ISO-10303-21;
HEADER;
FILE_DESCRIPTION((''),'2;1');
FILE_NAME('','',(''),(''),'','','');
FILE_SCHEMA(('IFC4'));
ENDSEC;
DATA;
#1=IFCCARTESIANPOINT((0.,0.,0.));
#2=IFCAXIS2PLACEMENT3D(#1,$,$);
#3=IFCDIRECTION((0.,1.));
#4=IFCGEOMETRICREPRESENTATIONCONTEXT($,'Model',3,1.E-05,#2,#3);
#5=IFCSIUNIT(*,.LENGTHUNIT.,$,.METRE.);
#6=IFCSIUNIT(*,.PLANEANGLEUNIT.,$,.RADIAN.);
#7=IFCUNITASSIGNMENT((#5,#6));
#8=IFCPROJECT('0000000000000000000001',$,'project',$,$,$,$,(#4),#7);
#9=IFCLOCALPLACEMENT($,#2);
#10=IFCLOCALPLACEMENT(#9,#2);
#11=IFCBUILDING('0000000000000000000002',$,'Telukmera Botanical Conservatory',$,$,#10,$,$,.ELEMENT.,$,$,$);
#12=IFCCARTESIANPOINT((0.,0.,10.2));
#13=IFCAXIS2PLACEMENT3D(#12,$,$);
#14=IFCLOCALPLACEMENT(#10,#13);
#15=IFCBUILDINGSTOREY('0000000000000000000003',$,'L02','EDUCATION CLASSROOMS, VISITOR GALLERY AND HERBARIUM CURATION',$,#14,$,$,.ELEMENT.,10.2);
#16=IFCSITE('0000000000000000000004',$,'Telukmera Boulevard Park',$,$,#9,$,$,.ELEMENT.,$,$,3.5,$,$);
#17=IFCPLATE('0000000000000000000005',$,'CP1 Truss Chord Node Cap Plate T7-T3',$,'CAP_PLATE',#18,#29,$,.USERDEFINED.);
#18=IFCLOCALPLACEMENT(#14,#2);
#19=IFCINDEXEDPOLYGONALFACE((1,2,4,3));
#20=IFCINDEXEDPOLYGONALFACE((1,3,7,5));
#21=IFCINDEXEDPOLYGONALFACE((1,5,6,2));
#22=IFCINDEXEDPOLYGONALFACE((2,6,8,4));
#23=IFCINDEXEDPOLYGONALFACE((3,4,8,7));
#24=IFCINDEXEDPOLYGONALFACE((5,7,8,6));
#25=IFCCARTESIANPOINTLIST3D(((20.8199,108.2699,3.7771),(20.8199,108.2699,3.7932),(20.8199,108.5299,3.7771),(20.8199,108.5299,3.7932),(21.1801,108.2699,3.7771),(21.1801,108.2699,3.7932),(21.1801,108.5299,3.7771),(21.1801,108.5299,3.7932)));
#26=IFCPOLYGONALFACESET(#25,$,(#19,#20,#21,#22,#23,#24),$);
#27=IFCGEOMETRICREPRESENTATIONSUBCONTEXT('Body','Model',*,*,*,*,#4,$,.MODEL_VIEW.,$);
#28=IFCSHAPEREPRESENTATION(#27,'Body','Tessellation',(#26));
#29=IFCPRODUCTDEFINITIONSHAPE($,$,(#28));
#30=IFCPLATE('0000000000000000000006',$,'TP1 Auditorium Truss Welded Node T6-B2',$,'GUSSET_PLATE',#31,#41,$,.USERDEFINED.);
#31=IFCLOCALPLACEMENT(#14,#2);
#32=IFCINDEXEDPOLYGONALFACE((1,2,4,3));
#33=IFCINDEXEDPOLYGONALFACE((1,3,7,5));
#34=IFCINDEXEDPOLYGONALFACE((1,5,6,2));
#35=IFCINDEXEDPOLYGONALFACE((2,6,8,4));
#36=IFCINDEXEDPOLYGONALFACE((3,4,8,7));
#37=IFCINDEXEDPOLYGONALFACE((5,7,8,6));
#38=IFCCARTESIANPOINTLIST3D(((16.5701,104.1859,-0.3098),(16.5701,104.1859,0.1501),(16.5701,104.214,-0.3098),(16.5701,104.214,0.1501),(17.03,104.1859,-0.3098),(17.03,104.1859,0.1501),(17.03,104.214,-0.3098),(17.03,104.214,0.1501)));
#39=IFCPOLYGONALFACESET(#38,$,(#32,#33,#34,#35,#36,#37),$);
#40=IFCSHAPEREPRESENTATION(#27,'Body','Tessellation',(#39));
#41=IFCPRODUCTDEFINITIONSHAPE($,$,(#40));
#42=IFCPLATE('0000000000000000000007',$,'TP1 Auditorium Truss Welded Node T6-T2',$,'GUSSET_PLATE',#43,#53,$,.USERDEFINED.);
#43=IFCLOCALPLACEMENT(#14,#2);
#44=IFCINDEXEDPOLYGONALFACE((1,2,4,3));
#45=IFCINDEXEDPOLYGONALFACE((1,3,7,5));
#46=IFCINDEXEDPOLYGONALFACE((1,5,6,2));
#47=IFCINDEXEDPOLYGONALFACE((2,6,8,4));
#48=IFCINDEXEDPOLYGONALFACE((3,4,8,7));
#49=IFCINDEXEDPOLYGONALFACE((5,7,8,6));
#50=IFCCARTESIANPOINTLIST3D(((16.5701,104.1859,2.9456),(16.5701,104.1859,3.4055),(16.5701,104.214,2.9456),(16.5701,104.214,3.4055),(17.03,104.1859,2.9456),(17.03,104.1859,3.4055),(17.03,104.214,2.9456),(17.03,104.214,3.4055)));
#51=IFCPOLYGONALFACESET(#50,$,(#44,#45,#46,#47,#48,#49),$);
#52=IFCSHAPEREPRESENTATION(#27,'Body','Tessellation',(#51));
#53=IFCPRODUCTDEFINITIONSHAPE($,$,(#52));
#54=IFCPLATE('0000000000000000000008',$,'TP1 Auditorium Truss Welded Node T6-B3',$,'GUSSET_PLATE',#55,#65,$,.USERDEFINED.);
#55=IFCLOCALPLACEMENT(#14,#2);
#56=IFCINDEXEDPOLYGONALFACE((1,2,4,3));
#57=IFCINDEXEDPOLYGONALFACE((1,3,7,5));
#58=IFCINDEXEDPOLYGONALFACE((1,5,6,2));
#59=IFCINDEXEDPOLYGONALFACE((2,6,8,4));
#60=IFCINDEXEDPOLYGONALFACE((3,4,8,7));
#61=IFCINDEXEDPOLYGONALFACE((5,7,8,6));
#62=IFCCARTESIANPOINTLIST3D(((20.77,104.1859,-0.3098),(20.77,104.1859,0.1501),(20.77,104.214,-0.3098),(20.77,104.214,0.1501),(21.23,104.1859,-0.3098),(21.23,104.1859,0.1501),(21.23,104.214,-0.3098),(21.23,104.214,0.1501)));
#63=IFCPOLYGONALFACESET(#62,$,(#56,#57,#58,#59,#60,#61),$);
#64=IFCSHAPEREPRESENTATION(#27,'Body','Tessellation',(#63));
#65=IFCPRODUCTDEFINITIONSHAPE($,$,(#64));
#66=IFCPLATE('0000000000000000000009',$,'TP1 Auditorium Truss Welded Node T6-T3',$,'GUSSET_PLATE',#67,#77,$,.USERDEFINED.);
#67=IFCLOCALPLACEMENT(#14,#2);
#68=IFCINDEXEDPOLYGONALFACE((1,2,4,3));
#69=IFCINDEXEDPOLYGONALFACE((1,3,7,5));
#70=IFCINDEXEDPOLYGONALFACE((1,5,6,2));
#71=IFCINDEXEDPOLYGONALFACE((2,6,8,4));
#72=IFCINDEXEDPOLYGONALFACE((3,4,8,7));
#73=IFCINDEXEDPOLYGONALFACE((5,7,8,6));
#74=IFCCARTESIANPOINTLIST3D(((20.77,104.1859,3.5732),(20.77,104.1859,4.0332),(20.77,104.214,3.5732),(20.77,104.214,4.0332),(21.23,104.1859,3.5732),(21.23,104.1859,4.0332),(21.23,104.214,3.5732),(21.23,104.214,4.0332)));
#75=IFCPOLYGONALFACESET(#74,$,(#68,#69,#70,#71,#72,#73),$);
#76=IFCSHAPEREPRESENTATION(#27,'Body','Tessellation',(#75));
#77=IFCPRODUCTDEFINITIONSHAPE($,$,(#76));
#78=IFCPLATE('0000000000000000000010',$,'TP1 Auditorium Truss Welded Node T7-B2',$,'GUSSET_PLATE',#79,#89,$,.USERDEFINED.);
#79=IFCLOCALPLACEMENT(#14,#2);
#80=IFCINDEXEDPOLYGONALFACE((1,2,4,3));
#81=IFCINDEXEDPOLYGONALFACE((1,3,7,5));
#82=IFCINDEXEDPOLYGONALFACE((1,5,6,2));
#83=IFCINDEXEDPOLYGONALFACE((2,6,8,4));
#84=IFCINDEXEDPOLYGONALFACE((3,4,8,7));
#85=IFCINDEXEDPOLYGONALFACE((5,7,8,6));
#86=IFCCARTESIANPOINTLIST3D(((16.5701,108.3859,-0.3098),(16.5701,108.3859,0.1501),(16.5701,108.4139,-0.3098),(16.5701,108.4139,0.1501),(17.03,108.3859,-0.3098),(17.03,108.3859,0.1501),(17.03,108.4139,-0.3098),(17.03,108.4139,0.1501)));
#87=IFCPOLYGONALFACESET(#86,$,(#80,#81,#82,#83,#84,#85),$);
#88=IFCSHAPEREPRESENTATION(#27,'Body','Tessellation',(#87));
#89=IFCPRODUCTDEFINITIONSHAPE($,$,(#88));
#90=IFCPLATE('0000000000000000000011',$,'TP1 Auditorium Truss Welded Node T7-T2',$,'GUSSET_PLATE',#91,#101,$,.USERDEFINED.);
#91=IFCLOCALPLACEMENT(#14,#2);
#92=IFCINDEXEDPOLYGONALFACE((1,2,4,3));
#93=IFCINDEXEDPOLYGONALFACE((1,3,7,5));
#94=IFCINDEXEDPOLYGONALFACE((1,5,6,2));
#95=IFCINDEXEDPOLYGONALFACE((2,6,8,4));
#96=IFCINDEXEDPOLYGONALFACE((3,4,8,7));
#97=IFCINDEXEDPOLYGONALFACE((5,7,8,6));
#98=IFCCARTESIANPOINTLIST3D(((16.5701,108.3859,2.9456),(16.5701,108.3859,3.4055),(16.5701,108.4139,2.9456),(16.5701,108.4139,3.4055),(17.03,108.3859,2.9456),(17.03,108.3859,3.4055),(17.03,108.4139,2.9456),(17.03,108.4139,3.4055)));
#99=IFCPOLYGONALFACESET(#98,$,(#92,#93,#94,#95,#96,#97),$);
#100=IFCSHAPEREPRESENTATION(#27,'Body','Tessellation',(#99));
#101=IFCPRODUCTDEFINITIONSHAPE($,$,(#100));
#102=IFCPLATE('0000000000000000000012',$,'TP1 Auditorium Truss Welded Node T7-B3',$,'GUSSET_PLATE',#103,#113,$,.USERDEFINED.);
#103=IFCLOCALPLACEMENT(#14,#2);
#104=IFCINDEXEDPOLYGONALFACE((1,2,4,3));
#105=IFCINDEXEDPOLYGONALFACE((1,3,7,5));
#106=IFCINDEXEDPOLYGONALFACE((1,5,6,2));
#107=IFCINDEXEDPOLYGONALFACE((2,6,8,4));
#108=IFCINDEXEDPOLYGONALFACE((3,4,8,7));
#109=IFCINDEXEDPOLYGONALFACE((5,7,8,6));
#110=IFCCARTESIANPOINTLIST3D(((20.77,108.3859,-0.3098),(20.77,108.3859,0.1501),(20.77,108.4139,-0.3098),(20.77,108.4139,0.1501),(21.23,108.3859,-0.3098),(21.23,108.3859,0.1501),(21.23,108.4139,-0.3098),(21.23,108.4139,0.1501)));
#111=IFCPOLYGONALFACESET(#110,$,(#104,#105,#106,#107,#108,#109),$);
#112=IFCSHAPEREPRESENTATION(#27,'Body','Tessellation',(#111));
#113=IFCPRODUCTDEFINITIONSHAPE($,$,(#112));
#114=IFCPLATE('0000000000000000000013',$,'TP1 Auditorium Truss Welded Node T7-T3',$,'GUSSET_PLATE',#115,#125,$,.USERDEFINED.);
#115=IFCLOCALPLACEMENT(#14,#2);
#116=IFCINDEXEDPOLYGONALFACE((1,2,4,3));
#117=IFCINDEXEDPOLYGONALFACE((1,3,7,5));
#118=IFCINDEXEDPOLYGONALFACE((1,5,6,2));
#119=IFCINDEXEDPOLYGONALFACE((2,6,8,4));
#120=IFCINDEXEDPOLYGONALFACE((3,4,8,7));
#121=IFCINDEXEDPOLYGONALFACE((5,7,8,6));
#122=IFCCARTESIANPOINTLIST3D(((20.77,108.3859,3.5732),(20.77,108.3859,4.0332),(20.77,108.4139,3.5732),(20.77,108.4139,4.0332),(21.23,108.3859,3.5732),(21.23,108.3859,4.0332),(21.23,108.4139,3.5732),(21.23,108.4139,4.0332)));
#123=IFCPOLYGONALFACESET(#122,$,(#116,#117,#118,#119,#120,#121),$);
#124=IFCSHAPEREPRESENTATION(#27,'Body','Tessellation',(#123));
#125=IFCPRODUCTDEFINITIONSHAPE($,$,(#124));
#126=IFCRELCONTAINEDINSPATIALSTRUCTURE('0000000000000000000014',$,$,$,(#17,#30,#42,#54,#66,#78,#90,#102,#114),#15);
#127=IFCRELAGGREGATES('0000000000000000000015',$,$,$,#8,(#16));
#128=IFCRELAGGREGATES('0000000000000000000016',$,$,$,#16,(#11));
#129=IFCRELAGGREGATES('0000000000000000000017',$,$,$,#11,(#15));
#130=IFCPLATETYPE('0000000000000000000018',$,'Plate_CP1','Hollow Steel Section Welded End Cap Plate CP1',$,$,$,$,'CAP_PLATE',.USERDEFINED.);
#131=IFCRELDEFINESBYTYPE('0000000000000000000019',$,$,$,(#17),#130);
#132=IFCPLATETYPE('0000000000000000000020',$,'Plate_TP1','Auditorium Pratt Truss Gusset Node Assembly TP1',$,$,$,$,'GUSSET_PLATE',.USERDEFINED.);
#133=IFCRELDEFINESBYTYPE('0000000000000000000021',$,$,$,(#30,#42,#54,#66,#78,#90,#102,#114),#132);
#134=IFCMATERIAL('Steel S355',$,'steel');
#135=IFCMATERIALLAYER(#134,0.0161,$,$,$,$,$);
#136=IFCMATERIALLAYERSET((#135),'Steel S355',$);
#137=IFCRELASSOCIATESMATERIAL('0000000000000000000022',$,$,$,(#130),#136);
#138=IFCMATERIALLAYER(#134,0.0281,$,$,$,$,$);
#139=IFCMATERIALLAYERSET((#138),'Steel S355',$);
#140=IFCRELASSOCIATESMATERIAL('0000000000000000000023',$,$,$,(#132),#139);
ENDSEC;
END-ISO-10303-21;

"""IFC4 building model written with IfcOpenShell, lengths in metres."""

from ifc_helpers import new_model, si_unit, direction, frame, origin, origin_2d, place, context, subcontext, project, spatial, rectangle, extrude, material, layer, layer_set, type_object, element, save


model = new_model("IFC4")

# Units and contexts
model_context = context("Model", 3, precision=1e-05, world=origin(), true_north=direction((0.0, 1.0)))
body_context = subcontext(model_context, "Body", "Model", "MODEL_VIEW")
ifc_project = project(units=[si_unit("LENGTHUNIT", "METRE"), si_unit("PLANEANGLEUNIT", "RADIAN")], contexts=[model_context])

# Site, building, storey
site_placement = place(None, origin())
site = spatial("IfcSite", under=ifc_project, at=site_placement, Name="Telukmera Boulevard Park", CompositionType="ELEMENT", RefElevation=3.5)
building_placement = place(site_placement, origin())
building = spatial("IfcBuilding", under=site, at=building_placement, Name="Telukmera Botanical Conservatory", CompositionType="ELEMENT")
storey_placement = place(building_placement, frame((0.0, 0.0, 10.2)))
storey = spatial("IfcBuildingStorey", under=building, at=storey_placement, Name="L02", Description="EDUCATION CLASSROOMS, VISITOR GALLERY AND HERBARIUM CURATION", CompositionType="ELEMENT", Elevation=10.2)

# Shared definitions
ifc_material = material(Name="Steel S355", Category="steel")

# Plates
ifc_layer_1 = layer(ifc_material, 0.0161)
ifc_layer_set_1 = layer_set([ifc_layer_1], Name="Steel S355")
plate_type_1 = type_object("IfcPlateType", Name="Plate_CP1", Description="Hollow Steel Section Welded End Cap Plate CP1", ElementType="CAP_PLATE", PredefinedType="USERDEFINED", material=ifc_layer_set_1)
for number, where, z_axis, x_axis, name in (
    (1, (21.0, 108.3999, 3.7771), (0.0, 0.0, 1.0), (1.0, 0.0, 0.0), "CP1 Truss Chord Node Cap Plate T7-T3"),
):
    element("IfcPlate", number, at=place(storey_placement, frame(where, z_axis=z_axis, x_axis=x_axis)), inside=storey, type_object=plate_type_1, Name=name, ObjectType="CAP_PLATE", PredefinedType="USERDEFINED", context=body_context, shape_type="SweptSolid", body=[
        extrude(rectangle(XDim=0.3601, YDim=0.26, at=origin_2d()), origin(), (0.0, 0.0, 1.0), 0.0161),
    ])
ifc_layer_2 = layer(ifc_material, 0.0281)
ifc_layer_set_2 = layer_set([ifc_layer_2], Name="Steel S355")
plate_type_2 = type_object("IfcPlateType", Name="Plate_TP1", Description="Auditorium Pratt Truss Gusset Node Assembly TP1", ElementType="GUSSET_PLATE", PredefinedType="USERDEFINED", material=ifc_layer_set_2)
for number, where, z_axis, x_axis, name in (
    (2, (16.8, 104.2, -0.3098), (0.0, 0.0, 1.0), (1.0, 0.0, 0.0), "TP1 Auditorium Truss Welded Node T6-B2"),
    (3, (16.8, 104.2, 2.9456), (0.0, 0.0, 1.0), (1.0, 0.0, 0.0), "TP1 Auditorium Truss Welded Node T6-T2"),
    (4, (21.0, 104.2, -0.3098), (0.0, 0.0, 1.0), (1.0, 0.0, 0.0), "TP1 Auditorium Truss Welded Node T6-B3"),
    (5, (21.0, 104.2, 3.5732), (0.0, 0.0, 1.0), (1.0, 0.0, 0.0), "TP1 Auditorium Truss Welded Node T6-T3"),
    (6, (16.8, 108.3999, -0.3098), (0.0, 0.0, 1.0), (1.0, 0.0, 0.0), "TP1 Auditorium Truss Welded Node T7-B2"),
    (7, (16.8, 108.3999, 2.9456), (0.0, 0.0, 1.0), (1.0, 0.0, 0.0), "TP1 Auditorium Truss Welded Node T7-T2"),
    (8, (21.0, 108.3999, -0.3098), (0.0, 0.0, 1.0), (1.0, 0.0, 0.0), "TP1 Auditorium Truss Welded Node T7-B3"),
    (9, (21.0, 108.3999, 3.5732), (0.0, 0.0, 1.0), (1.0, 0.0, 0.0), "TP1 Auditorium Truss Welded Node T7-T3"),
):
    element("IfcPlate", number, at=place(storey_placement, frame(where, z_axis=z_axis, x_axis=x_axis)), inside=storey, type_object=plate_type_2, Name=name, ObjectType="GUSSET_PLATE", PredefinedType="USERDEFINED", context=body_context, shape_type="SweptSolid", body=[
        extrude(rectangle(XDim=0.46, YDim=0.0281, at=origin_2d()), origin(), (0.0, 0.0, 1.0), 0.46),
    ])

save(model, "model.ifc")
